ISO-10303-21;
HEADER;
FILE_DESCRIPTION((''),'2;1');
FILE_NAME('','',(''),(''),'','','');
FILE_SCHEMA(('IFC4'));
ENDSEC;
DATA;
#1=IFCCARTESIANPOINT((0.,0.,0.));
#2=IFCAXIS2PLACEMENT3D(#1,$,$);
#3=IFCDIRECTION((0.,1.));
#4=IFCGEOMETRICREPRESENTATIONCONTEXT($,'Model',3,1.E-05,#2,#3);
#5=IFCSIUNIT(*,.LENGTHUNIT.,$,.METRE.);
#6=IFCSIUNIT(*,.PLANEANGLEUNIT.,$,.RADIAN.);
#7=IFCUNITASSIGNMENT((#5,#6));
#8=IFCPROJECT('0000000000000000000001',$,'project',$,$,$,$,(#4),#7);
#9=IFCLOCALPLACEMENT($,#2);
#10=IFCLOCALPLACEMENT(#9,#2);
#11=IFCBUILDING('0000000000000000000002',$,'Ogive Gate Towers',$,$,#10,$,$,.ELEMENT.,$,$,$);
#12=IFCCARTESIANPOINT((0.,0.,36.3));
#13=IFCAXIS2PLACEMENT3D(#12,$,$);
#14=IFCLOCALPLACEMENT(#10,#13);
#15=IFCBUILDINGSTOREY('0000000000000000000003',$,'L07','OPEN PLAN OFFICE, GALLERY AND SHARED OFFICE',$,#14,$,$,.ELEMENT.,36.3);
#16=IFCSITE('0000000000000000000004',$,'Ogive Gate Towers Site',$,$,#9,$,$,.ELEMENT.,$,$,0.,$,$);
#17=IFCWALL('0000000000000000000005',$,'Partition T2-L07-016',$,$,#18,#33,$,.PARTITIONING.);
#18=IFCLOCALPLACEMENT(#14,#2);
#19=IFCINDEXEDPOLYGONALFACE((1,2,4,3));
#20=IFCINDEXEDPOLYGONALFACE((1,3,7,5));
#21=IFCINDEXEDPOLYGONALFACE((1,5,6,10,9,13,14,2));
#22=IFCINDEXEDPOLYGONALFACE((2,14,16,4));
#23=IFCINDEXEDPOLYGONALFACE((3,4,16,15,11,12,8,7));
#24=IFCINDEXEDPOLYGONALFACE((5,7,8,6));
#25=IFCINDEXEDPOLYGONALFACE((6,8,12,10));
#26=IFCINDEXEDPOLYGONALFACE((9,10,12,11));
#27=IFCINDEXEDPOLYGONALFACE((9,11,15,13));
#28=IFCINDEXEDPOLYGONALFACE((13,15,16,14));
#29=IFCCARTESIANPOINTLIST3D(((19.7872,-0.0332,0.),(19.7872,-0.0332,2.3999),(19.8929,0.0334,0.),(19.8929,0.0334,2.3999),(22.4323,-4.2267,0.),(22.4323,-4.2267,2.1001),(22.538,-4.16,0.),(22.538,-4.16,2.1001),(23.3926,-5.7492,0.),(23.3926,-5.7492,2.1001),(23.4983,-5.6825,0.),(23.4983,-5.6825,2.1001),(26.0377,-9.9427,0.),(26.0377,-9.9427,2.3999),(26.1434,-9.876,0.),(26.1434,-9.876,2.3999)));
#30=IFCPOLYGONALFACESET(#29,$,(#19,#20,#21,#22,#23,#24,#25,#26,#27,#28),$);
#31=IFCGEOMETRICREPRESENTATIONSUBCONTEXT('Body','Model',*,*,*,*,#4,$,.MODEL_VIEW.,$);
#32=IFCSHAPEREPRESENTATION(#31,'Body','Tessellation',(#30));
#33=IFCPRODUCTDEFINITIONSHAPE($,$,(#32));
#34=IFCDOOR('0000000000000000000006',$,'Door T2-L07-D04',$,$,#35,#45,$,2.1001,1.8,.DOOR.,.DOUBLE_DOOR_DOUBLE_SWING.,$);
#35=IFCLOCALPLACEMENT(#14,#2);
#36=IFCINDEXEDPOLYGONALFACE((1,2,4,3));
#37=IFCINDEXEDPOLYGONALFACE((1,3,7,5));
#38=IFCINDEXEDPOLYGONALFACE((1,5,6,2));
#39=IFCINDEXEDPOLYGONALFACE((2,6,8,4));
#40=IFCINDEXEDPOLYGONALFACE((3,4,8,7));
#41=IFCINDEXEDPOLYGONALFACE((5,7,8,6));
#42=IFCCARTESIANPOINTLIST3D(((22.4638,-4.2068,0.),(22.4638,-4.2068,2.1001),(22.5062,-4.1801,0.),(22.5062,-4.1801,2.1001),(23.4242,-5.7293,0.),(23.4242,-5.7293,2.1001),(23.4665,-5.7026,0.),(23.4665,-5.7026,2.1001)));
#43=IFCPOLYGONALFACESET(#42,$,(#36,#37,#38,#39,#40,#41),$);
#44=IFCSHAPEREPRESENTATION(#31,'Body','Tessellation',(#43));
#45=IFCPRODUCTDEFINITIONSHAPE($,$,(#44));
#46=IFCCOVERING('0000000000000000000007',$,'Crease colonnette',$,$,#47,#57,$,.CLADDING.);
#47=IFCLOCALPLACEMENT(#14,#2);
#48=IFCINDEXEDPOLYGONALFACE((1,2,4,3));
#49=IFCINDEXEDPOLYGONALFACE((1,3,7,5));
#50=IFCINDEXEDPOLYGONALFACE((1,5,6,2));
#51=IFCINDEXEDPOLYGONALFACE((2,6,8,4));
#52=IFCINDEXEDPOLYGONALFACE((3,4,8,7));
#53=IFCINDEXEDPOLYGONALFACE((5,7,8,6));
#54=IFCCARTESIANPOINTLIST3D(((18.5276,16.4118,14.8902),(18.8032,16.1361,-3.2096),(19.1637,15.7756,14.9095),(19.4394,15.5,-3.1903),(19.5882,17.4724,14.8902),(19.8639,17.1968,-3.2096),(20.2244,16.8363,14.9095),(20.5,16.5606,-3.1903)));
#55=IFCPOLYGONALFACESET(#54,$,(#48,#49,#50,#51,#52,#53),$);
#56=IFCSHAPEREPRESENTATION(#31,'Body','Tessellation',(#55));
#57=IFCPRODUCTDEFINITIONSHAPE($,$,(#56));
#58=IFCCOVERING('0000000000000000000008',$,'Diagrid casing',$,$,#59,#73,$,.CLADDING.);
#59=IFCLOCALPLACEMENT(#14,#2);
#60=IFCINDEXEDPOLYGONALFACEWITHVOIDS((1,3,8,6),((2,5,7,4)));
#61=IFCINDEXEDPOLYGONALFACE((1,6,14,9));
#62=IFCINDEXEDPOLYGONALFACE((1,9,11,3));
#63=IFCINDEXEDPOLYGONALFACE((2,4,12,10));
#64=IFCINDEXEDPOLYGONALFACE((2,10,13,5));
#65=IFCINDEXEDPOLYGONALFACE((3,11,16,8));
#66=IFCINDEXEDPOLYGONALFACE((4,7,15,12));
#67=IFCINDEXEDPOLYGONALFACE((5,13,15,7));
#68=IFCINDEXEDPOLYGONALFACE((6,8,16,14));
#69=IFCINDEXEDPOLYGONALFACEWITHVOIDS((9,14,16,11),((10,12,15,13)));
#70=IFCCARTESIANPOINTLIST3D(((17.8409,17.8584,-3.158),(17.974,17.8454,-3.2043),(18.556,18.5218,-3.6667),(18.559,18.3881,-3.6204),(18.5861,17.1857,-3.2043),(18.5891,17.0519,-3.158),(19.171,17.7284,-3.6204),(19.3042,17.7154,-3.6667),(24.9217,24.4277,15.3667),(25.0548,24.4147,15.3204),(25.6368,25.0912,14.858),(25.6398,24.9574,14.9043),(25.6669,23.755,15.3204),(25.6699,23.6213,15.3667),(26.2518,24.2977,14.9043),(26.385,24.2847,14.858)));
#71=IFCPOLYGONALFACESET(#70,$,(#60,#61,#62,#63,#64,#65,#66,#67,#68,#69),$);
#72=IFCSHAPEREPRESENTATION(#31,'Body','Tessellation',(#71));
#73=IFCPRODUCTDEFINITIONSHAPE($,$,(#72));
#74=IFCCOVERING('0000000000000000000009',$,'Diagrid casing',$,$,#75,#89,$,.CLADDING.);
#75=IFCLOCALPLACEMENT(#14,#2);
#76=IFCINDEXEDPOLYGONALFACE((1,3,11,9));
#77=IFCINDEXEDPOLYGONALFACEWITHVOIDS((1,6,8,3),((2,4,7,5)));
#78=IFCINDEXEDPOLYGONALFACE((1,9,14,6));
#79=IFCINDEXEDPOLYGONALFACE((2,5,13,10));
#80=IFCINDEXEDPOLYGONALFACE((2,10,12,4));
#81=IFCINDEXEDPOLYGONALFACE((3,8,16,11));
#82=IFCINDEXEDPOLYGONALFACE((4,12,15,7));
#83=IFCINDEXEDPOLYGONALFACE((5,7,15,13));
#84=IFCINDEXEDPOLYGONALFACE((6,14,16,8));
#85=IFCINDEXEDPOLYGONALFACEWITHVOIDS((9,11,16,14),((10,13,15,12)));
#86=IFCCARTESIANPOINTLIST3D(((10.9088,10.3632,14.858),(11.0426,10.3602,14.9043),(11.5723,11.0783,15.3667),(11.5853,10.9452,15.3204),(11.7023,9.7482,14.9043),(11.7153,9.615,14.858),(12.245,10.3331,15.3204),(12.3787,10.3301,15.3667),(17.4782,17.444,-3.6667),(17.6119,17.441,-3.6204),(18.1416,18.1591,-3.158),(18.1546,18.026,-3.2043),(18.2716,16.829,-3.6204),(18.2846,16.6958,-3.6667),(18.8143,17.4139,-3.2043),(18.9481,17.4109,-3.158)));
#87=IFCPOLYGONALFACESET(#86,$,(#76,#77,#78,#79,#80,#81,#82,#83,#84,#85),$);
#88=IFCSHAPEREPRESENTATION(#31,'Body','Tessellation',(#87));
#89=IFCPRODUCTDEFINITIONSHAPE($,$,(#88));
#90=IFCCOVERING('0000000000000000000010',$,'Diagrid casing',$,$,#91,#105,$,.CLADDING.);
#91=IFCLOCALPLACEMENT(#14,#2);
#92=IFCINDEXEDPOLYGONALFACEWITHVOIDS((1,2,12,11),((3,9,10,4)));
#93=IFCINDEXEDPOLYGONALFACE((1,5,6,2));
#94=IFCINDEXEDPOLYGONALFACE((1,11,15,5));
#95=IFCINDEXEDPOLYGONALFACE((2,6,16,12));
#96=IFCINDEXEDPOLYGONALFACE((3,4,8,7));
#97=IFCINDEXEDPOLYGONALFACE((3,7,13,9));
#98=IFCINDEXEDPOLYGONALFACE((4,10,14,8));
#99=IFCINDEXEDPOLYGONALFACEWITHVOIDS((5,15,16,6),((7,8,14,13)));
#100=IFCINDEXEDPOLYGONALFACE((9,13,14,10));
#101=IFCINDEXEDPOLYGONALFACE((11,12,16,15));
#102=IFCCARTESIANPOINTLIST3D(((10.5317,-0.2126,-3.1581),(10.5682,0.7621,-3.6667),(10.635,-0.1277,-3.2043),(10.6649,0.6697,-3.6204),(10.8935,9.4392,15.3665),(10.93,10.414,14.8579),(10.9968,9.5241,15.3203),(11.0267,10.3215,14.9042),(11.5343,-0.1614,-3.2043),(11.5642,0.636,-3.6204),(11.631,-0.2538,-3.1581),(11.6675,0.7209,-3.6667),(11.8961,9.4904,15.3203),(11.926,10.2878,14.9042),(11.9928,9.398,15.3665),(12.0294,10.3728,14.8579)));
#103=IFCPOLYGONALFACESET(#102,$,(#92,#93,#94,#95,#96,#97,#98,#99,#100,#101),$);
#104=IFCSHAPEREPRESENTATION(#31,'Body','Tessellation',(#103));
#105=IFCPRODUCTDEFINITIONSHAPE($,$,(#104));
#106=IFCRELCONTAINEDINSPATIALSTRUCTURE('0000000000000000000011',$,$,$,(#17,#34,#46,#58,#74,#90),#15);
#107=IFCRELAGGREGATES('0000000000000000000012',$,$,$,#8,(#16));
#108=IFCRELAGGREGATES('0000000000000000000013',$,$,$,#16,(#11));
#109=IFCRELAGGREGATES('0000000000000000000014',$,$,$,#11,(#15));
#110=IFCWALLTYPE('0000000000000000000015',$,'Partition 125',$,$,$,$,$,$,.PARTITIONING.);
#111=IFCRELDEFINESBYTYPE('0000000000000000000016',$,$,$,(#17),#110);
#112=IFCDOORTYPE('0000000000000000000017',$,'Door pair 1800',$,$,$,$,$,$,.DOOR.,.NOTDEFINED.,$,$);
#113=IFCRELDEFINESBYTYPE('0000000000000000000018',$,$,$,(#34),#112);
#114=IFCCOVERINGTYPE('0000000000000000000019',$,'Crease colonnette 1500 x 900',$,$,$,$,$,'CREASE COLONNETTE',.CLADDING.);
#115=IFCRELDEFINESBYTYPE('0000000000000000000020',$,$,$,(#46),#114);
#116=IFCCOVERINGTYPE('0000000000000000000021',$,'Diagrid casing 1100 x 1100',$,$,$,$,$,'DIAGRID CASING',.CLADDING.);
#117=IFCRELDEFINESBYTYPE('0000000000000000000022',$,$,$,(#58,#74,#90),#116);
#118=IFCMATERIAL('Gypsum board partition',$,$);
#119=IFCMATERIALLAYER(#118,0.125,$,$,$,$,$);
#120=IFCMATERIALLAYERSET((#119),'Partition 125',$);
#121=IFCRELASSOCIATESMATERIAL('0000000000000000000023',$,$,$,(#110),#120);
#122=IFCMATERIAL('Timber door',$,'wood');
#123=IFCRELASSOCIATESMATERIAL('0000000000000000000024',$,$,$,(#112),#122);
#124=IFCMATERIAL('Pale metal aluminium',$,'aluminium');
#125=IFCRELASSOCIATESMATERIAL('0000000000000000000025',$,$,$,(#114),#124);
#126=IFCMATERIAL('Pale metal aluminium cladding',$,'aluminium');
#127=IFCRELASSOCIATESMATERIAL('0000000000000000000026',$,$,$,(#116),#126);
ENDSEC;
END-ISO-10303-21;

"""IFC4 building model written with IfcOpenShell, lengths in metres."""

from ifc_helpers import new_model, si_unit, direction, frame, frame_2d, origin, origin_2d, place, context, subcontext, project, spatial, rectangle, hollow_rectangle, extrude, material, layer, layer_set, material_profile, profile_set, type_object, element, fill, save


model = new_model("IFC4")

# Units and contexts
model_context = context("Model", 3, precision=1e-05, world=origin(), true_north=direction((0.0, 1.0)))
body_context = subcontext(model_context, "Body", "Model", "MODEL_VIEW")
ifc_project = project(units=[si_unit("LENGTHUNIT", "METRE"), si_unit("PLANEANGLEUNIT", "RADIAN")], contexts=[model_context])

# Site, building, storey
site_placement = place(None, origin())
site = spatial("IfcSite", under=ifc_project, at=site_placement, Name="Ogive Gate Towers Site", CompositionType="ELEMENT", RefElevation=0.0)
building_placement = place(site_placement, origin())
building = spatial("IfcBuilding", under=site, at=building_placement, Name="Ogive Gate Towers", CompositionType="ELEMENT")
storey_placement = place(building_placement, frame((0.0, 0.0, 36.3)))
storey = spatial("IfcBuildingStorey", under=building, at=storey_placement, Name="L07", Description="OPEN PLAN OFFICE, GALLERY AND SHARED OFFICE", CompositionType="ELEMENT", Elevation=36.3)

# Shared definitions
ifc_material_1 = material(Name="Gypsum board partition")
ifc_layer_1 = layer(ifc_material_1, 0.125)
ifc_layer_set_1 = layer_set([ifc_layer_1], Name="Partition 125")
wall_type_1 = type_object("IfcWallType", Name="Partition 125", PredefinedType="PARTITIONING", material=ifc_layer_set_1)

# Wall, opening, door
ifc_material_2 = material(Name="Timber door", Category="wood")
wall_1_placement = place(storey_placement, frame((19.8401, 0.0, 0.0), z_axis=(0.0, 0.0, 1.0), x_axis=(0.533499, -0.845801, 0.0)))
wall_1 = element("IfcWall", 1, at=wall_1_placement, inside=storey, type_object=wall_type_1, Name="Partition T2-L07-016", PredefinedType="PARTITIONING", context=body_context, shape_type="SweptSolid", body=[
    extrude(rectangle(XDim=11.7161, YDim=0.125, at=frame_2d((5.8579, 0.0))), origin(), (0.0, 0.0, 1.0), 2.3999),
])
opening_1_placement = place(wall_1_placement, frame((4.958, 0.0, 0.0)))
opening_1 = element("IfcOpeningElement", 2, at=opening_1_placement, cuts=wall_1, PredefinedType="OPENING", context=body_context, shape_type="SweptSolid", body=[
    extrude(rectangle(XDim=1.8, YDim=2.1001, at=frame_2d((0.8999, 1.05))), frame((0.0, 0.0725, 0.0), z_axis=(0.0, -1.0, 0.0), x_axis=(1.0, 0.0, 0.0)), (0.0, 0.0, 1.0), 0.145),
])
door_type_1 = type_object("IfcDoorType", Name="Door pair 1800", OperationType="NOTDEFINED", PredefinedType="DOOR", material=ifc_material_2)
door_1_placement = place(opening_1_placement, origin())
door_1 = element("IfcDoor", 3, at=door_1_placement, inside=storey, type_object=door_type_1, Name="Door T2-L07-D04", OperationType="DOUBLE_DOOR_DOUBLE_SWING", OverallHeight=2.1001, OverallWidth=1.8, PredefinedType="DOOR", context=body_context, shape_type="SweptSolid", body=[
    extrude(rectangle(XDim=1.8, YDim=2.1001, at=frame_2d((0.8999, 1.05))), frame((0.0, 0.0249, 0.0), z_axis=(0.0, -1.0, 0.0), x_axis=(1.0, 0.0, 0.0)), (0.0, 0.0, 1.0), 0.05),
])
fill(opening_1, door_1)

# Coverings
ifc_material_3 = material(Name="Pale metal aluminium", Category="aluminium")
ifc_material_profile_1 = material_profile(ifc_material_3, rectangle(XDim=1.5, YDim=0.8999, at=origin_2d()), Name="1500 x 900 pale metal aluminium")
ifc_profile_set_1 = profile_set([ifc_material_profile_1], Name="Pale metal aluminium")
covering_type_1 = type_object("IfcCoveringType", Name="Crease colonnette 1500 x 900", ElementType="CREASE COLONNETTE", PredefinedType="CLADDING", material=ifc_profile_set_1)
covering_1_placement = place(storey_placement, frame((19.6516, 16.3484, -3.2), z_axis=(-0.015225, 0.015225, 0.999768), x_axis=(-0.707107, -0.707107, 0.0)))
element("IfcCovering", 4, at=covering_1_placement, inside=storey, type_object=covering_type_1, Name="Crease colonnette", PredefinedType="CLADDING", context=body_context, shape_type="SweptSolid", body=[
    extrude(rectangle(XDim=1.5, YDim=0.8999, at=origin_2d()), origin(), (0.0, 0.0, 1.0), 18.104),
])
ifc_material_4 = material(Name="Pale metal aluminium cladding", Category="aluminium")
ifc_material_profile_2 = material_profile(ifc_material_4, hollow_rectangle(XDim=1.1001, YDim=1.1001, WallThickness=0.1001, at=origin_2d()), Name="1100 x 1100 pale metal casing")
ifc_profile_set_2 = profile_set([ifc_material_profile_2], Name="Pale metal aluminium cladding")
covering_type_2 = type_object("IfcCoveringType", Name="Diagrid casing 1100 x 1100", ElementType="DIAGRID CASING", PredefinedType="CLADDING", material=ifc_profile_set_2)
for number, where, z_axis, x_axis, name in (
    (5, (18.5725, 17.7869, -3.4124), (0.338932, 0.314449, 0.886706), (-0.680134, 0.733088, 0.0), "Diagrid casing"),
    (6, (18.2131, 17.4275, -3.4124), (-0.314449, -0.338932, 0.886706), (0.733088, -0.680134, 0.0), "Diagrid casing"),
):
    element("IfcCovering", number, at=place(storey_placement, frame(where, z_axis=z_axis, x_axis=x_axis)), inside=storey, type_object=covering_type_2, Name=name, PredefinedType="CLADDING", context=body_context, shape_type="SweptSolid", body=[
        extrude(hollow_rectangle(XDim=1.1001, YDim=1.1001, WallThickness=0.1001, at=origin_2d()), origin(), (0.0, 0.0, 1.0), 20.8916),
    ])
covering_2_placement = place(storey_placement, frame((11.0996, 0.2542, -3.4124), z_axis=(0.017319, 0.462001, 0.886711), x_axis=(-0.999298, 0.03746, 0.0)))
element("IfcCovering", 7, at=covering_2_placement, inside=storey, type_object=covering_type_2, Name="Diagrid casing", PredefinedType="CLADDING", context=body_context, shape_type="SweptSolid", body=[
    extrude(hollow_rectangle(XDim=1.1001, YDim=1.1001, WallThickness=0.1001, at=origin_2d()), origin(), (0.0, 0.0, 1.0), 20.8914),
])

save(model, "model.ifc")
